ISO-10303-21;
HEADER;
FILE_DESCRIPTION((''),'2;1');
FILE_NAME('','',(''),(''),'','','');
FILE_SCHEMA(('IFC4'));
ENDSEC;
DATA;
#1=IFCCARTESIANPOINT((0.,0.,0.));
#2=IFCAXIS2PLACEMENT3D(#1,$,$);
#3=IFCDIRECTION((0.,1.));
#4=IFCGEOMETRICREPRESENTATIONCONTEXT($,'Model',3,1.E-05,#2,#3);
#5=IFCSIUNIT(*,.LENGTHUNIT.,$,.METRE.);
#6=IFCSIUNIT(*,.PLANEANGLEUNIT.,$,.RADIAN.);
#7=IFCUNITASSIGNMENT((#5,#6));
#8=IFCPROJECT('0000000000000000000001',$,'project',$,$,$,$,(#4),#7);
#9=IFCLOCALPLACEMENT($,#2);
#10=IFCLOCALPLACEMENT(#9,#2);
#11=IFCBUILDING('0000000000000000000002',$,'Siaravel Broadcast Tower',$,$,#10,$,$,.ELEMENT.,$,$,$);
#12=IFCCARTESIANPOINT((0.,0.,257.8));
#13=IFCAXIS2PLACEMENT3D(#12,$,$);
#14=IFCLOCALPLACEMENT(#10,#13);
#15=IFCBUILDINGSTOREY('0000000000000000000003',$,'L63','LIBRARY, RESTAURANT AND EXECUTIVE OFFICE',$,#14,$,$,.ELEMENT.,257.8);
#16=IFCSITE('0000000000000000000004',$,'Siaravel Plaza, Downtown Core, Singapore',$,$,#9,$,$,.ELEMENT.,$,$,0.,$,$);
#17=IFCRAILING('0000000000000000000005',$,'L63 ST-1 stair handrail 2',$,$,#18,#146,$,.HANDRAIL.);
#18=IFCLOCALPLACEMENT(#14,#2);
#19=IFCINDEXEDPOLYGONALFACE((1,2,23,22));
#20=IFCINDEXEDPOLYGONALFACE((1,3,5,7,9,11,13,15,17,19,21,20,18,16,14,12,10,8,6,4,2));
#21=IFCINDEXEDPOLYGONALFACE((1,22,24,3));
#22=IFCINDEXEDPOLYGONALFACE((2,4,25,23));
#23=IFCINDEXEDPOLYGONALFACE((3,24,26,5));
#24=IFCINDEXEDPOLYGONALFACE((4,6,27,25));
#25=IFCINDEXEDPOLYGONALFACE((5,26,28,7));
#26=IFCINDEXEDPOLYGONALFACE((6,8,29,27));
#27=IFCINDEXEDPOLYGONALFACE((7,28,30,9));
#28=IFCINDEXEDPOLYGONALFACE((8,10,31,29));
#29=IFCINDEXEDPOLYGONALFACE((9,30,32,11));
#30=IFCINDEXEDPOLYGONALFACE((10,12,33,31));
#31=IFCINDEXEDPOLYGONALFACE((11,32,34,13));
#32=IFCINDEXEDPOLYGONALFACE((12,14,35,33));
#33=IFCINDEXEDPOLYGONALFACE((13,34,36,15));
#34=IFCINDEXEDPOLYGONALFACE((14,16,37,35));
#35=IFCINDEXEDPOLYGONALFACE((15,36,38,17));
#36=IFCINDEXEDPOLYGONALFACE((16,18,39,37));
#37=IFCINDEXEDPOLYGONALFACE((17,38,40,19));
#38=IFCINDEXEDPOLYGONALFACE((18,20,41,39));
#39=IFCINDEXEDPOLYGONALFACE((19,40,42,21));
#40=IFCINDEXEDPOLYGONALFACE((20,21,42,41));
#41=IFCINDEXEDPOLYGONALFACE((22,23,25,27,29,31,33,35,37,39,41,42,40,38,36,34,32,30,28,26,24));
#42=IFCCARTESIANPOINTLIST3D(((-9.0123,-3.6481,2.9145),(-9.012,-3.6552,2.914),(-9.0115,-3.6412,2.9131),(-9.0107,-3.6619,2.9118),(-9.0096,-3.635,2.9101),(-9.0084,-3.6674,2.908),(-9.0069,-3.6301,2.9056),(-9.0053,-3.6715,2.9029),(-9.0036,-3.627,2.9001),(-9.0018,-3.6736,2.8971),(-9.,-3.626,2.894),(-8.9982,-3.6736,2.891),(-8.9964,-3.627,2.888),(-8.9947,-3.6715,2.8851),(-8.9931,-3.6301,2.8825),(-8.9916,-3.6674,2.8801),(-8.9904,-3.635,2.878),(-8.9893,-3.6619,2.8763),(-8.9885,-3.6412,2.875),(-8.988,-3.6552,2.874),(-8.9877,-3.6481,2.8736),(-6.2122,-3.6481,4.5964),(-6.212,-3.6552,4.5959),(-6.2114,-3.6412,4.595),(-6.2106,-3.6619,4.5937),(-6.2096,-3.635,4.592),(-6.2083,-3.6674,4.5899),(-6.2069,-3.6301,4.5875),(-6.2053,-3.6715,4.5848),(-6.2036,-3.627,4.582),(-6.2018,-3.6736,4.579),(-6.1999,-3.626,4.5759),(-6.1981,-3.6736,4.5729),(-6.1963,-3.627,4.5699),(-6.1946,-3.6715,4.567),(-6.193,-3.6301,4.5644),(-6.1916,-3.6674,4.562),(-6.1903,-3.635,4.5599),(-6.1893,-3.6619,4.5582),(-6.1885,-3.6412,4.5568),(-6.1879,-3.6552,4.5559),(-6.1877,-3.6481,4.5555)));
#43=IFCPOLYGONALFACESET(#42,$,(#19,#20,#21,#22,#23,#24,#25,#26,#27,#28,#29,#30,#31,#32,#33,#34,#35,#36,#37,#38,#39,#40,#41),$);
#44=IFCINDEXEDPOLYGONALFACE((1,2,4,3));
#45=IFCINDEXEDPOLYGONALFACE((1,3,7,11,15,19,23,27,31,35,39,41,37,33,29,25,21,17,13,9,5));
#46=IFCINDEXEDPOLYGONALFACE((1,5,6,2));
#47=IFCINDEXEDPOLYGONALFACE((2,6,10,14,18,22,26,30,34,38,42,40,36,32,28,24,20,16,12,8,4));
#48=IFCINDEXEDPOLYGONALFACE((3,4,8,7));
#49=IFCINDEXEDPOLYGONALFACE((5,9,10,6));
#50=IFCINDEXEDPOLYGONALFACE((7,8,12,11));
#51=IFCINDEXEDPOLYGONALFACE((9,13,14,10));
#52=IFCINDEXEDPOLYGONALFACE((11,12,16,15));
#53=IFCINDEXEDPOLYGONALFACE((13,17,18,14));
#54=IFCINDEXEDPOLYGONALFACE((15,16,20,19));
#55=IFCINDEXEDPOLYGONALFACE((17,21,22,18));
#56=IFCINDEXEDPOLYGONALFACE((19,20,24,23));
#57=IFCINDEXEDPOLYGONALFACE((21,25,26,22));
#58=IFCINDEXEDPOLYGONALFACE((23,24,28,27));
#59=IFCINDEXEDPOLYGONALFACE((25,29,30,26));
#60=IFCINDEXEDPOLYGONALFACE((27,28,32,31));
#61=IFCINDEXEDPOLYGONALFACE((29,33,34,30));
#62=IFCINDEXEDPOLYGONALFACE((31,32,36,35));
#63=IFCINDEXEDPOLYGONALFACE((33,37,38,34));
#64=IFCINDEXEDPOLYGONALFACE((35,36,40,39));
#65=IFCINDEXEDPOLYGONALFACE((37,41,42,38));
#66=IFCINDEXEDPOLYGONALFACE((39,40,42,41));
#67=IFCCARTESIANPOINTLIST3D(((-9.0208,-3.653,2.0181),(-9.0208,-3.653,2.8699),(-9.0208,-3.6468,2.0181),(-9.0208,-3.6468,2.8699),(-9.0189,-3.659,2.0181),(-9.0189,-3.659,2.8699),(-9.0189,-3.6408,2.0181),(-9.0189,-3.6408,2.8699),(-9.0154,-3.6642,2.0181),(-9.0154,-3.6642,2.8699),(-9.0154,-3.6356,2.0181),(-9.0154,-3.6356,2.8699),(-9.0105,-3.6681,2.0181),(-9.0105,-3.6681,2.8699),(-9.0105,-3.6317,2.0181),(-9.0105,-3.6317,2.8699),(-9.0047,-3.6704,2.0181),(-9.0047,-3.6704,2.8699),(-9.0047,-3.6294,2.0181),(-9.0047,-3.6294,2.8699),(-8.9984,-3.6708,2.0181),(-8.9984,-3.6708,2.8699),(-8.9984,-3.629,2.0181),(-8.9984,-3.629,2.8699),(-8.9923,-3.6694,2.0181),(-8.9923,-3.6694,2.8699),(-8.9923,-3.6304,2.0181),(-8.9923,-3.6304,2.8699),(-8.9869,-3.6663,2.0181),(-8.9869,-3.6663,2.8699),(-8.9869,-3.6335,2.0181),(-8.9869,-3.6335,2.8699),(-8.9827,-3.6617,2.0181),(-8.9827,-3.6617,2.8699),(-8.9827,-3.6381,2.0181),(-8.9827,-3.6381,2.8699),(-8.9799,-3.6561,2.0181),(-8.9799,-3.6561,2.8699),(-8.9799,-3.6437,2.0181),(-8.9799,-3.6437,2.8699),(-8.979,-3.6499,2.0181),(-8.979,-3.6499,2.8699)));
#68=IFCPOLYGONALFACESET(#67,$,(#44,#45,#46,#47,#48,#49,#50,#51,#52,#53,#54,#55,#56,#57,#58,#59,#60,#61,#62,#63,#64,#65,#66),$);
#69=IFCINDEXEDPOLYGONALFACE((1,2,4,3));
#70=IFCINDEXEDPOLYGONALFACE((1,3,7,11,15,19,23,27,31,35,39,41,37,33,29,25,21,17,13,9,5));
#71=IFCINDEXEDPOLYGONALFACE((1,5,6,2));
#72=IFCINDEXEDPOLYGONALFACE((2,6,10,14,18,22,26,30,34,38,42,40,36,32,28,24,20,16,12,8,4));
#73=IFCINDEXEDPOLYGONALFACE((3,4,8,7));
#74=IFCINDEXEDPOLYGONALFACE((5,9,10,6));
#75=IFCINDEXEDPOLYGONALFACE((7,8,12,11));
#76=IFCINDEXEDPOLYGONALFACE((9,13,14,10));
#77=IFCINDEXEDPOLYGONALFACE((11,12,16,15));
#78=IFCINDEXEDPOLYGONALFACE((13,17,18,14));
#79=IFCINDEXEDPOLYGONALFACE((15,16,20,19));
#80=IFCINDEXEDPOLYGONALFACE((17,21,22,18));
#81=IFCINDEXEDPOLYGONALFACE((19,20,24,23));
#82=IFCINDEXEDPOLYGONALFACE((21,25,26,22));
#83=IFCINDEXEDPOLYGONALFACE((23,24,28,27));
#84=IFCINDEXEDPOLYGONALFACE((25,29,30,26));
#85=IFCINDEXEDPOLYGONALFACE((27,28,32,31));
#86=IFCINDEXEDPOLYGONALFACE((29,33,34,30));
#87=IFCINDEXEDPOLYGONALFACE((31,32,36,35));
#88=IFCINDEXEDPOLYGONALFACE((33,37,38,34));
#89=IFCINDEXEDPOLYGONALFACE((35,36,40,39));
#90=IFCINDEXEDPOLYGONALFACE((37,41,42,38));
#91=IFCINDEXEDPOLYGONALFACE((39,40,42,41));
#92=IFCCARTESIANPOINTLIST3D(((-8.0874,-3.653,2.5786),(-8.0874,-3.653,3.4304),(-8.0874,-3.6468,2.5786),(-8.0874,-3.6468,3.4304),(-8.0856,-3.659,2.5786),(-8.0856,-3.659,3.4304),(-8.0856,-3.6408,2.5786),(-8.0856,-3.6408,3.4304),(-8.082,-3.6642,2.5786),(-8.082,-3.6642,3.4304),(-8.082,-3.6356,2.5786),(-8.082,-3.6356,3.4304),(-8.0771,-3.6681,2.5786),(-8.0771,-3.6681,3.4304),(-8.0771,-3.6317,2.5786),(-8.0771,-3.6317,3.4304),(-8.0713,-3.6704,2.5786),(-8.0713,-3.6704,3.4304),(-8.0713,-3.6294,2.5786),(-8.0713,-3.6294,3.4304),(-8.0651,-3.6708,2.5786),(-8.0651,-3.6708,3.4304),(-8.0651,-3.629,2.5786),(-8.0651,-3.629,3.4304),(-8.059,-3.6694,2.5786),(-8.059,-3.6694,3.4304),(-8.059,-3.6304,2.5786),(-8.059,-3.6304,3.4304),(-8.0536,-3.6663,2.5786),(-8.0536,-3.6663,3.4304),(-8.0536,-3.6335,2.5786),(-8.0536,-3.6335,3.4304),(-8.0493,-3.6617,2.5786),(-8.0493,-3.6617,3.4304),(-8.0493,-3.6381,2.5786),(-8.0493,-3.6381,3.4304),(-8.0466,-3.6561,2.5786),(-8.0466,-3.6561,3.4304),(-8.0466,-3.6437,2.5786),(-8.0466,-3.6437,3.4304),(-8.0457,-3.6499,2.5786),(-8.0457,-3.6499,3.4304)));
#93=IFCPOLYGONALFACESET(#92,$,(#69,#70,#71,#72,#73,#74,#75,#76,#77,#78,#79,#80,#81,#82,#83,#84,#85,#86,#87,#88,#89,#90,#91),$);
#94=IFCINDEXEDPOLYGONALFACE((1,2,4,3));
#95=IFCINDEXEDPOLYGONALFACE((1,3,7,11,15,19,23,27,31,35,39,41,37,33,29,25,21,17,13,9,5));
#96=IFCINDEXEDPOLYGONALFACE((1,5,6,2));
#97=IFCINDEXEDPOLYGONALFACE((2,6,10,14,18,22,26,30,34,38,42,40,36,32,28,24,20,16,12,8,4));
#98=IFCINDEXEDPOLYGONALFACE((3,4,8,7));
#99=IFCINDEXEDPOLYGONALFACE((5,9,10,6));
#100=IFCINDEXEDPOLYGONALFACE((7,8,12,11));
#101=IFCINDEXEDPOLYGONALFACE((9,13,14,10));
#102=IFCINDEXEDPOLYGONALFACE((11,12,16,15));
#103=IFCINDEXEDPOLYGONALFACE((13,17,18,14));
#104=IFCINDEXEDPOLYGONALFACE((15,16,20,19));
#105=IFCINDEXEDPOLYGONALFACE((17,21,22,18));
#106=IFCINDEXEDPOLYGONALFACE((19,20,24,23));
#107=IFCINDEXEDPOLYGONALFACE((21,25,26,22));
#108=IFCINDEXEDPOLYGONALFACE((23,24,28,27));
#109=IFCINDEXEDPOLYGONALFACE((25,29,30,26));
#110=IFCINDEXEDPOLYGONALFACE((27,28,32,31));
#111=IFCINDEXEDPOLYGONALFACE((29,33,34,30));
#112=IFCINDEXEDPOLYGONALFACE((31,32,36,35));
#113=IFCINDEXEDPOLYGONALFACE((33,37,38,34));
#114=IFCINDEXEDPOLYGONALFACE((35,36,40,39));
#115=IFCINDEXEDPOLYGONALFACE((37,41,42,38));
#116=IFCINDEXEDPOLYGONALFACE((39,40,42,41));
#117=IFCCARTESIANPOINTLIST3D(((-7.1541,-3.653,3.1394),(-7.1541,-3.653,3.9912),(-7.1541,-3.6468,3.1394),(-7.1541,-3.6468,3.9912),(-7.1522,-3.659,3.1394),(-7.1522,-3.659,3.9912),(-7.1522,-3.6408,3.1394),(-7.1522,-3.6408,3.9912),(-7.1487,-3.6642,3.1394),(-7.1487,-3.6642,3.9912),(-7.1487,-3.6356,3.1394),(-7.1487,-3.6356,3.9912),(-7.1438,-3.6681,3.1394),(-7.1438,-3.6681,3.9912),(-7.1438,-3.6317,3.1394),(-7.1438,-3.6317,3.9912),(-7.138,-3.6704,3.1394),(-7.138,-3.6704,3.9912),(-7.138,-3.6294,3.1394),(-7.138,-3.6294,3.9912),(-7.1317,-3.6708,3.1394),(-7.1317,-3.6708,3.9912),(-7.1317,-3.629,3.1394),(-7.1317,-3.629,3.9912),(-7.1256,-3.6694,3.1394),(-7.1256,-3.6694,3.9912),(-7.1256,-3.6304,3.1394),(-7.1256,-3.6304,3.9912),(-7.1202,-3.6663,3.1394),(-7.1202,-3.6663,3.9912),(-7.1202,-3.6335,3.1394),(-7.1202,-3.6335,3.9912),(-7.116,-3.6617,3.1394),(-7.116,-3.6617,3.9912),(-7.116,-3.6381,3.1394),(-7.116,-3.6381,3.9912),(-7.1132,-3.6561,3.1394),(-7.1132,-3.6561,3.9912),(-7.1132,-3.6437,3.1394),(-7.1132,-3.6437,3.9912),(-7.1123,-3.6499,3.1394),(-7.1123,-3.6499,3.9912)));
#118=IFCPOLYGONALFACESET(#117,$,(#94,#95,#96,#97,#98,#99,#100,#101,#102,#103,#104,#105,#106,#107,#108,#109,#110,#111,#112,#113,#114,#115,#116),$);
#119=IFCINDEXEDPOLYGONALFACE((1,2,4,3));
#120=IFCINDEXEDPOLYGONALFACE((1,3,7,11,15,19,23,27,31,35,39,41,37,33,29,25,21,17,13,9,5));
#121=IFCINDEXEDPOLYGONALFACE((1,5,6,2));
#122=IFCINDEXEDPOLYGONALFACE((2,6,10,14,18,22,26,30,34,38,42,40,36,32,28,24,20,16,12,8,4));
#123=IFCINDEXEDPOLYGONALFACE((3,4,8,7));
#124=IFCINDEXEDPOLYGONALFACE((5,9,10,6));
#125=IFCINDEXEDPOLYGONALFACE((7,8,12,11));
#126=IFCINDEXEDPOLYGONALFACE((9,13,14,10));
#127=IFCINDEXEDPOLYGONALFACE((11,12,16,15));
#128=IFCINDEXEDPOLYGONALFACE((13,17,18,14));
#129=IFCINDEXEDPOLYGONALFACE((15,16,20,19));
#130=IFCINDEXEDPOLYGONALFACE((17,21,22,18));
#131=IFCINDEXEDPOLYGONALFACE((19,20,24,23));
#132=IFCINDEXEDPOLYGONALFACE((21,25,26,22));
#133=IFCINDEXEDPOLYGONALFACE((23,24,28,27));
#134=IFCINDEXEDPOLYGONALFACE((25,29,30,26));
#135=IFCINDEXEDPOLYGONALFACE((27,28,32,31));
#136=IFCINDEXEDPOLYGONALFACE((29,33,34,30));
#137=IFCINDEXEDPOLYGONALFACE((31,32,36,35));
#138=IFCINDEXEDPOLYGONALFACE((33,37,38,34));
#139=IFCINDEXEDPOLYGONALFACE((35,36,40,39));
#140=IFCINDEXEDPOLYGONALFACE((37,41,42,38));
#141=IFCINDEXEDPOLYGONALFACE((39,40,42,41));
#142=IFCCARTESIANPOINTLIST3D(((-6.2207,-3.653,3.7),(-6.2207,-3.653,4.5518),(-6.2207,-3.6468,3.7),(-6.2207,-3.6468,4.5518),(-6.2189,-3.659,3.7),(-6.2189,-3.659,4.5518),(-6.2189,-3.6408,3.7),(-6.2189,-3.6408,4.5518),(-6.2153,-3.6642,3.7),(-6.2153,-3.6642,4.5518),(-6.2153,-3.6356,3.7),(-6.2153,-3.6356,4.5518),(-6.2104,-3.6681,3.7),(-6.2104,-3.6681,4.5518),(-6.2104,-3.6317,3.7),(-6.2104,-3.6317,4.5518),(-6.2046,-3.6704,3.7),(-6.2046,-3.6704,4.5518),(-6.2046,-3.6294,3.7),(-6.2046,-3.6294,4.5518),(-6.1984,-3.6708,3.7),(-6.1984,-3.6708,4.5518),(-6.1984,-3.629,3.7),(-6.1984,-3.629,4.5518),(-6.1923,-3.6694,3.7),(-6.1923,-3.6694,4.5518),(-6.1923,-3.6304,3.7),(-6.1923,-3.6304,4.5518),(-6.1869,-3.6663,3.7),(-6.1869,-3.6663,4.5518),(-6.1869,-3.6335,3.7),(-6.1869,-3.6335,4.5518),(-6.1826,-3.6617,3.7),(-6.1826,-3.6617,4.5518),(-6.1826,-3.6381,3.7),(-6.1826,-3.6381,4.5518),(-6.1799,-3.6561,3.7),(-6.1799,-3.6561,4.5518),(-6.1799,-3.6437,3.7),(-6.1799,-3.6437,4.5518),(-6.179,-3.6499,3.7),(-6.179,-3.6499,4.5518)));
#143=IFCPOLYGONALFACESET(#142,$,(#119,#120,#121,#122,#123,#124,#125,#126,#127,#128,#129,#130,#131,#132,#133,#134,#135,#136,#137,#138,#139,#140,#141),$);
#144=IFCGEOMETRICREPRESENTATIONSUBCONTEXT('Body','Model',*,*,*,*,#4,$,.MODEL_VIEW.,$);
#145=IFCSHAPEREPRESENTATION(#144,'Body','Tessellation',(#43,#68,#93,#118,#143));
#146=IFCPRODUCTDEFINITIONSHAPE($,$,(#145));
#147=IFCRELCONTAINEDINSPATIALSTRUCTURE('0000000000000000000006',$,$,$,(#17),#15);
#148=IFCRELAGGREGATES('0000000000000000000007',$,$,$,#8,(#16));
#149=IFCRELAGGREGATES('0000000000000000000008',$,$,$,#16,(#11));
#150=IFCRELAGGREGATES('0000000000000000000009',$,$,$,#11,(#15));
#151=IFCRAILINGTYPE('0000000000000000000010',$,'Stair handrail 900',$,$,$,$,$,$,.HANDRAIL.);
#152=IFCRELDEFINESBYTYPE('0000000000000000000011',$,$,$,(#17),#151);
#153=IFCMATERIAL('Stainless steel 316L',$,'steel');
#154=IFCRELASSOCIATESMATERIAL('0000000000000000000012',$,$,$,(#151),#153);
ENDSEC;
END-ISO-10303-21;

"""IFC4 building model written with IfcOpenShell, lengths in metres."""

from ifc_helpers import new_model, si_unit, direction, frame, origin, origin_2d, place, context, subcontext, project, spatial, circle, extrude, material, type_object, element, save


model = new_model("IFC4")

# Units and contexts
model_context = context("Model", 3, precision=1e-05, world=origin(), true_north=direction((0.0, 1.0)))
body_context = subcontext(model_context, "Body", "Model", "MODEL_VIEW")
ifc_project = project(units=[si_unit("LENGTHUNIT", "METRE"), si_unit("PLANEANGLEUNIT", "RADIAN")], contexts=[model_context])

# Site, building, storey
site_placement = place(None, origin())
site = spatial("IfcSite", under=ifc_project, at=site_placement, Name="Siaravel Plaza, Downtown Core, Singapore", CompositionType="ELEMENT", RefElevation=0.0)
building_placement = place(site_placement, origin())
building = spatial("IfcBuilding", under=site, at=building_placement, Name="Siaravel Broadcast Tower", CompositionType="ELEMENT")
storey_placement = place(building_placement, frame((0.0, 0.0, 257.8)))
storey = spatial("IfcBuildingStorey", under=building, at=storey_placement, Name="L63", Description="LIBRARY, RESTAURANT AND EXECUTIVE OFFICE", CompositionType="ELEMENT", Elevation=257.8)

# Shared definitions
ifc_material_1 = material(Name="Stainless steel 316L", Category="steel")

# Railing
railing_type_1 = type_object("IfcRailingType", Name="Stair handrail 900", PredefinedType="HANDRAIL", material=ifc_material_1)
railing_1_placement = place(storey_placement, frame((-9.0, -3.6499, 2.0181)))
element("IfcRailing", 1, at=railing_1_placement, inside=storey, type_object=railing_type_1, Name="L63 ST-1 stair handrail 2", PredefinedType="HANDRAIL", context=body_context, shape_type="SweptSolid", body=[
    extrude(circle(Radius=0.0239, at=origin_2d()), frame((0.0, 0.0, 0.876), z_axis=(0.857242, 0.0, 0.514913), x_axis=(0.0, 1.0, 0.0)), (0.0, 0.0, 1.0), 3.2664),
    extrude(circle(Radius=0.021, at=origin_2d()), origin(), (0.0, 0.0, 1.0), 0.8518),
    extrude(circle(Radius=0.021, at=origin_2d()), frame((0.9333, 0.0, 0.5605)), (0.0, 0.0, 1.0), 0.8518),
    extrude(circle(Radius=0.021, at=origin_2d()), frame((1.8667, 0.0, 1.1213)), (0.0, 0.0, 1.0), 0.8518),
    extrude(circle(Radius=0.021, at=origin_2d()), frame((2.8, 0.0, 1.6819)), (0.0, 0.0, 1.0), 0.8518),
])

save(model, "model.ifc")
